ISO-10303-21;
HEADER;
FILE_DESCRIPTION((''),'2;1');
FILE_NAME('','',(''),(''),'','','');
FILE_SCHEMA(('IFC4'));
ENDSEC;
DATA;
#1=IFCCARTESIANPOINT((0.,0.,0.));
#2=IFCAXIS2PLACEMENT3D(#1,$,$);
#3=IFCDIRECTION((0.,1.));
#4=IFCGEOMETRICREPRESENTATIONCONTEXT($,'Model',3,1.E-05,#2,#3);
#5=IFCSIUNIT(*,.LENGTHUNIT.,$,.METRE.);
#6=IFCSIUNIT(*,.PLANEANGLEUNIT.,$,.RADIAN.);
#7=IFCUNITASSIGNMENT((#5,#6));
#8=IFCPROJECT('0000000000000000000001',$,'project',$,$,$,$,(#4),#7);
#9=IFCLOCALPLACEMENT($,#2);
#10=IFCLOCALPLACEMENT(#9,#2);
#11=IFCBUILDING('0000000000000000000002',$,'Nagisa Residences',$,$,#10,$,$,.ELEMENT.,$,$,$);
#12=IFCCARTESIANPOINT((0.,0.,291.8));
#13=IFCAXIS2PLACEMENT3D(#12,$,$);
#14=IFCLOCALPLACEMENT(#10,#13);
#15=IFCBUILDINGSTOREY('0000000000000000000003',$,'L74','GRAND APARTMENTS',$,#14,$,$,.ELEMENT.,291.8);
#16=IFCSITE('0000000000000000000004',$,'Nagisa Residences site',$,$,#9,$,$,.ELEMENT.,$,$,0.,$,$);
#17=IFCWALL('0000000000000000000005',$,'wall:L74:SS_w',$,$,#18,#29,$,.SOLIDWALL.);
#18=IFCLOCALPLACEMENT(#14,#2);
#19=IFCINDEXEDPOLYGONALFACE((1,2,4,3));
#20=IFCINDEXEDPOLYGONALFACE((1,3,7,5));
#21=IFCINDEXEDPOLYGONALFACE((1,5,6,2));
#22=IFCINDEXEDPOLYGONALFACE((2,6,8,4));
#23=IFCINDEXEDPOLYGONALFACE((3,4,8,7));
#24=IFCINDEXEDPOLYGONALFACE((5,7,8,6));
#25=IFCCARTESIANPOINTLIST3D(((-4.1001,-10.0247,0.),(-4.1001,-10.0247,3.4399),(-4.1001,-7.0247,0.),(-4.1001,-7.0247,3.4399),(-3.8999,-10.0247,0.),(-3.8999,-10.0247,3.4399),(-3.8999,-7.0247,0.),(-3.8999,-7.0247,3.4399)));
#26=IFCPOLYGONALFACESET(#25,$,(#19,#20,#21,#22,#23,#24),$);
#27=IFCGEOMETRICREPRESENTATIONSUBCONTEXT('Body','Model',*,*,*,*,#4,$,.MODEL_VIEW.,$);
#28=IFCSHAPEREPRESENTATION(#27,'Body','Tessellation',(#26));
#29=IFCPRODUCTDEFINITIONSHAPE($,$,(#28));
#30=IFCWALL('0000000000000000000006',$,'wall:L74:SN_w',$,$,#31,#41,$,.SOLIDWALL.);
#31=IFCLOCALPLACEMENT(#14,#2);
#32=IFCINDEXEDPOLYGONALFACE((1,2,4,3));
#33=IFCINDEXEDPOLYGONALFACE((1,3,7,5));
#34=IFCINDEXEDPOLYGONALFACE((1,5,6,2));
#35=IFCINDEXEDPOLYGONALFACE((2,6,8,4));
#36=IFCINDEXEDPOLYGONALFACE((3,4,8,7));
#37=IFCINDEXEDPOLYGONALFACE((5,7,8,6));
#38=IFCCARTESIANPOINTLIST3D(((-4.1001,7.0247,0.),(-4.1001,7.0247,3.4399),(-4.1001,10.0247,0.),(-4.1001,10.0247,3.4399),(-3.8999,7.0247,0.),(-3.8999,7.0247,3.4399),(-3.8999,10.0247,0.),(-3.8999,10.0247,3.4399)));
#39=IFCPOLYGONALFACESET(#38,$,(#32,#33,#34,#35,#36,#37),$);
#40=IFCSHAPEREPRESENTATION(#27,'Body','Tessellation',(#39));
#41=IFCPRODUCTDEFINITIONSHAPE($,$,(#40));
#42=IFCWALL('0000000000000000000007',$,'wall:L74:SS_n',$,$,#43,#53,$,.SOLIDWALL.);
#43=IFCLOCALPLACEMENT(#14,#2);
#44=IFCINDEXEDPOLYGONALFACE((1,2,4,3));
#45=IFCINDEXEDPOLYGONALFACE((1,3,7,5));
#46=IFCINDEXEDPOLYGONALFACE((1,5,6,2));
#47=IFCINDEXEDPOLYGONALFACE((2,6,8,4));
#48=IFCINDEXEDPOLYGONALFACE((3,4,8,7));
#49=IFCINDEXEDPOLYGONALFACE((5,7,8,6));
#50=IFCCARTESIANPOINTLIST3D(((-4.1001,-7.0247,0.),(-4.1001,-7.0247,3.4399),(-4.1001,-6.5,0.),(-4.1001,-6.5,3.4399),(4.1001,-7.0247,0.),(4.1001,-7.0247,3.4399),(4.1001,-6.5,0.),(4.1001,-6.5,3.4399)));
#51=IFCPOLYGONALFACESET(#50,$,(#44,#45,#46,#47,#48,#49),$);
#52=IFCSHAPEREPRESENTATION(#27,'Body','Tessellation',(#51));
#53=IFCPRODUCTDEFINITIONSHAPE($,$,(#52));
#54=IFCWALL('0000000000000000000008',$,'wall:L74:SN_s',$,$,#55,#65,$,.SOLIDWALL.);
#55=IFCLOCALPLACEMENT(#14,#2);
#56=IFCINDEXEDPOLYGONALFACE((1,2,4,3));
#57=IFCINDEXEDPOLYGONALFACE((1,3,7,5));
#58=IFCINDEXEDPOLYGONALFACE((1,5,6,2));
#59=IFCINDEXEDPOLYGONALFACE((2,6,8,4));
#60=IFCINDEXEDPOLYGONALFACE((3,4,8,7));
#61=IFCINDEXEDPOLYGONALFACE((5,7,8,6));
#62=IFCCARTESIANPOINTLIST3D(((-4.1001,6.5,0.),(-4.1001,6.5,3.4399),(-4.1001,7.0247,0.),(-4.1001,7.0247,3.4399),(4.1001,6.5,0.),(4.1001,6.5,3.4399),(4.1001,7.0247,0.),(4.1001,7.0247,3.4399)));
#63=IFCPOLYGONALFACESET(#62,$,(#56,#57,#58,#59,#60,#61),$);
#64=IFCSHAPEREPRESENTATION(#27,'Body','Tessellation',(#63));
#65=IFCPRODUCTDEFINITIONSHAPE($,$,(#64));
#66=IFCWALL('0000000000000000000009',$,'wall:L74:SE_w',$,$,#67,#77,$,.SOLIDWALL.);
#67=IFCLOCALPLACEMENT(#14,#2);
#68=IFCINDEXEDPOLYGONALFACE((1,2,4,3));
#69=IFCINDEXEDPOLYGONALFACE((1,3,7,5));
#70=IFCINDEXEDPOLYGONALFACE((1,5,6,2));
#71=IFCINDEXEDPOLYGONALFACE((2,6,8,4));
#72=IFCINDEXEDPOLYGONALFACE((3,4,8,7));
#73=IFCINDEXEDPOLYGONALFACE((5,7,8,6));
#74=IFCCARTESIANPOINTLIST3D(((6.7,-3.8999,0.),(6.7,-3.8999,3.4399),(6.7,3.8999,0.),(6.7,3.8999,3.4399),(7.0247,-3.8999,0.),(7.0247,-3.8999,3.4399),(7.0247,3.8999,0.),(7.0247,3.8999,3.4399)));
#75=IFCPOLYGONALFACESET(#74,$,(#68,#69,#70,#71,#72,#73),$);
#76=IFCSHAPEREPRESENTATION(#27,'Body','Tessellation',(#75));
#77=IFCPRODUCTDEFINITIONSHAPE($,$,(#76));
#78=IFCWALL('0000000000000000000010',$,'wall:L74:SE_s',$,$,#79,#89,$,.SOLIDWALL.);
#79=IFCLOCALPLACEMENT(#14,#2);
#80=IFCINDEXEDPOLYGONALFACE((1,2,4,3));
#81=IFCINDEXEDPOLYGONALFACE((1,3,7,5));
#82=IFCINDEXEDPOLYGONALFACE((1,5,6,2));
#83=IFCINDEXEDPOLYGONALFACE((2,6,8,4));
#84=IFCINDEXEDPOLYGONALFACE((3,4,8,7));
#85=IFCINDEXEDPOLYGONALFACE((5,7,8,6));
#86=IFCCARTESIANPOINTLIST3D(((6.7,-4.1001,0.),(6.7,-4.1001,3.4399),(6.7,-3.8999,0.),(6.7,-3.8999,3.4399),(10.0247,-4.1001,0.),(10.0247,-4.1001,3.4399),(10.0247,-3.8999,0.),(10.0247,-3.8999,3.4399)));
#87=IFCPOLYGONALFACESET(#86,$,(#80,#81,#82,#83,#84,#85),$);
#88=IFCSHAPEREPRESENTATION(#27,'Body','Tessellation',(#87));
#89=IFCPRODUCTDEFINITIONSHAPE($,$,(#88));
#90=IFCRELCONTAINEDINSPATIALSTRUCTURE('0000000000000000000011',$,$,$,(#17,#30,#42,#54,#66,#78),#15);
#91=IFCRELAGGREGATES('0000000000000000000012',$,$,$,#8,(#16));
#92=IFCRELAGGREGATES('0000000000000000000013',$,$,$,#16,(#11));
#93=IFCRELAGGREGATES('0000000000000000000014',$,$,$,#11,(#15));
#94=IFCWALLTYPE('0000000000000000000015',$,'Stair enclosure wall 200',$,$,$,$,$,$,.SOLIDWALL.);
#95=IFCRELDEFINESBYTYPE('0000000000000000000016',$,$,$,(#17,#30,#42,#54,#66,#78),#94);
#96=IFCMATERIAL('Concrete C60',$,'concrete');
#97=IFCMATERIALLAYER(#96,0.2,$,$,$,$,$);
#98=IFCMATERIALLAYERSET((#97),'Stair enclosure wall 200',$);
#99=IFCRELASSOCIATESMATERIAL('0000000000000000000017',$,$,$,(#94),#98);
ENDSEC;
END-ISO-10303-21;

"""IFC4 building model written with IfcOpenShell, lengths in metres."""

from ifc_helpers import new_model, si_unit, direction, frame, origin, place, context, subcontext, project, spatial, polyline, outline, extrude, material, layer, layer_set, type_object, element, save


model = new_model("IFC4")

# Units and contexts
model_context = context("Model", 3, precision=1e-05, world=origin(), true_north=direction((0.0, 1.0)))
body_context = subcontext(model_context, "Body", "Model", "MODEL_VIEW")
ifc_project = project(units=[si_unit("LENGTHUNIT", "METRE"), si_unit("PLANEANGLEUNIT", "RADIAN")], contexts=[model_context])

# Site, building, storey
site_placement = place(None, origin())
site = spatial("IfcSite", under=ifc_project, at=site_placement, Name="Nagisa Residences site", CompositionType="ELEMENT", RefElevation=0.0)
building_placement = place(site_placement, origin())
building = spatial("IfcBuilding", under=site, at=building_placement, Name="Nagisa Residences", CompositionType="ELEMENT")
storey_placement = place(building_placement, frame((0.0, 0.0, 291.8)))
storey = spatial("IfcBuildingStorey", under=building, at=storey_placement, Name="L74", Description="GRAND APARTMENTS", CompositionType="ELEMENT", Elevation=291.8)

# Shared definitions
ifc_material_1 = material(Name="Concrete C60", Category="concrete")
ifc_layer_1 = layer(ifc_material_1, 0.2)
ifc_layer_set_1 = layer_set([ifc_layer_1], Name="Stair enclosure wall 200")
wall_type_1 = type_object("IfcWallType", Name="Stair enclosure wall 200", PredefinedType="SOLIDWALL", material=ifc_layer_set_1)

# Walls
wall_1_placement = place(storey_placement, origin())
element("IfcWall", 1, at=wall_1_placement, inside=storey, type_object=wall_type_1, Name="wall:L74:SS_w", PredefinedType="SOLIDWALL", context=body_context, shape_type="SweptSolid", body=[
    extrude(outline(polyline([(-3.8999, -10.0247), (-4.1001, -10.0247), (-4.1001, -7.0247), (-3.8999, -7.0247), (-3.8999, -10.0247)])), origin(), (0.0, 0.0, 1.0), 3.4399),
])
wall_2_placement = place(storey_placement, origin())
element("IfcWall", 2, at=wall_2_placement, inside=storey, type_object=wall_type_1, Name="wall:L74:SN_w", PredefinedType="SOLIDWALL", context=body_context, shape_type="SweptSolid", body=[
    extrude(outline(polyline([(-3.8999, 7.0247), (-4.1001, 7.0247), (-4.1001, 10.0247), (-3.8999, 10.0247), (-3.8999, 7.0247)])), origin(), (0.0, 0.0, 1.0), 3.4399),
])
wall_3_placement = place(storey_placement, origin())
element("IfcWall", 3, at=wall_3_placement, inside=storey, type_object=wall_type_1, Name="wall:L74:SS_n", PredefinedType="SOLIDWALL", context=body_context, shape_type="SweptSolid", body=[
    extrude(outline(polyline([(4.1001, -7.0247), (-4.1001, -7.0247), (-4.1001, -6.5), (4.1001, -6.5), (4.1001, -7.0247)])), origin(), (0.0, 0.0, 1.0), 3.4399),
])
wall_4_placement = place(storey_placement, origin())
element("IfcWall", 4, at=wall_4_placement, inside=storey, type_object=wall_type_1, Name="wall:L74:SN_s", PredefinedType="SOLIDWALL", context=body_context, shape_type="SweptSolid", body=[
    extrude(outline(polyline([(4.1001, 6.5), (-4.1001, 6.5), (-4.1001, 7.0247), (4.1001, 7.0247), (4.1001, 6.5)])), origin(), (0.0, 0.0, 1.0), 3.4399),
])
wall_5_placement = place(storey_placement, origin())
element("IfcWall", 5, at=wall_5_placement, inside=storey, type_object=wall_type_1, Name="wall:L74:SE_w", PredefinedType="SOLIDWALL", context=body_context, shape_type="SweptSolid", body=[
    extrude(outline(polyline([(7.0247, -3.8999), (6.7, -3.8999), (6.7, 3.8999), (7.0247, 3.8999), (7.0247, -3.8999)])), origin(), (0.0, 0.0, 1.0), 3.4399),
])
wall_6_placement = place(storey_placement, origin())
element("IfcWall", 6, at=wall_6_placement, inside=storey, type_object=wall_type_1, Name="wall:L74:SE_s", PredefinedType="SOLIDWALL", context=body_context, shape_type="SweptSolid", body=[
    extrude(outline(polyline([(10.0247, -4.1001), (6.7, -4.1001), (6.7, -3.8999), (10.0247, -3.8999), (10.0247, -4.1001)])), origin(), (0.0, 0.0, 1.0), 3.4399),
])

save(model, "model.ifc")
